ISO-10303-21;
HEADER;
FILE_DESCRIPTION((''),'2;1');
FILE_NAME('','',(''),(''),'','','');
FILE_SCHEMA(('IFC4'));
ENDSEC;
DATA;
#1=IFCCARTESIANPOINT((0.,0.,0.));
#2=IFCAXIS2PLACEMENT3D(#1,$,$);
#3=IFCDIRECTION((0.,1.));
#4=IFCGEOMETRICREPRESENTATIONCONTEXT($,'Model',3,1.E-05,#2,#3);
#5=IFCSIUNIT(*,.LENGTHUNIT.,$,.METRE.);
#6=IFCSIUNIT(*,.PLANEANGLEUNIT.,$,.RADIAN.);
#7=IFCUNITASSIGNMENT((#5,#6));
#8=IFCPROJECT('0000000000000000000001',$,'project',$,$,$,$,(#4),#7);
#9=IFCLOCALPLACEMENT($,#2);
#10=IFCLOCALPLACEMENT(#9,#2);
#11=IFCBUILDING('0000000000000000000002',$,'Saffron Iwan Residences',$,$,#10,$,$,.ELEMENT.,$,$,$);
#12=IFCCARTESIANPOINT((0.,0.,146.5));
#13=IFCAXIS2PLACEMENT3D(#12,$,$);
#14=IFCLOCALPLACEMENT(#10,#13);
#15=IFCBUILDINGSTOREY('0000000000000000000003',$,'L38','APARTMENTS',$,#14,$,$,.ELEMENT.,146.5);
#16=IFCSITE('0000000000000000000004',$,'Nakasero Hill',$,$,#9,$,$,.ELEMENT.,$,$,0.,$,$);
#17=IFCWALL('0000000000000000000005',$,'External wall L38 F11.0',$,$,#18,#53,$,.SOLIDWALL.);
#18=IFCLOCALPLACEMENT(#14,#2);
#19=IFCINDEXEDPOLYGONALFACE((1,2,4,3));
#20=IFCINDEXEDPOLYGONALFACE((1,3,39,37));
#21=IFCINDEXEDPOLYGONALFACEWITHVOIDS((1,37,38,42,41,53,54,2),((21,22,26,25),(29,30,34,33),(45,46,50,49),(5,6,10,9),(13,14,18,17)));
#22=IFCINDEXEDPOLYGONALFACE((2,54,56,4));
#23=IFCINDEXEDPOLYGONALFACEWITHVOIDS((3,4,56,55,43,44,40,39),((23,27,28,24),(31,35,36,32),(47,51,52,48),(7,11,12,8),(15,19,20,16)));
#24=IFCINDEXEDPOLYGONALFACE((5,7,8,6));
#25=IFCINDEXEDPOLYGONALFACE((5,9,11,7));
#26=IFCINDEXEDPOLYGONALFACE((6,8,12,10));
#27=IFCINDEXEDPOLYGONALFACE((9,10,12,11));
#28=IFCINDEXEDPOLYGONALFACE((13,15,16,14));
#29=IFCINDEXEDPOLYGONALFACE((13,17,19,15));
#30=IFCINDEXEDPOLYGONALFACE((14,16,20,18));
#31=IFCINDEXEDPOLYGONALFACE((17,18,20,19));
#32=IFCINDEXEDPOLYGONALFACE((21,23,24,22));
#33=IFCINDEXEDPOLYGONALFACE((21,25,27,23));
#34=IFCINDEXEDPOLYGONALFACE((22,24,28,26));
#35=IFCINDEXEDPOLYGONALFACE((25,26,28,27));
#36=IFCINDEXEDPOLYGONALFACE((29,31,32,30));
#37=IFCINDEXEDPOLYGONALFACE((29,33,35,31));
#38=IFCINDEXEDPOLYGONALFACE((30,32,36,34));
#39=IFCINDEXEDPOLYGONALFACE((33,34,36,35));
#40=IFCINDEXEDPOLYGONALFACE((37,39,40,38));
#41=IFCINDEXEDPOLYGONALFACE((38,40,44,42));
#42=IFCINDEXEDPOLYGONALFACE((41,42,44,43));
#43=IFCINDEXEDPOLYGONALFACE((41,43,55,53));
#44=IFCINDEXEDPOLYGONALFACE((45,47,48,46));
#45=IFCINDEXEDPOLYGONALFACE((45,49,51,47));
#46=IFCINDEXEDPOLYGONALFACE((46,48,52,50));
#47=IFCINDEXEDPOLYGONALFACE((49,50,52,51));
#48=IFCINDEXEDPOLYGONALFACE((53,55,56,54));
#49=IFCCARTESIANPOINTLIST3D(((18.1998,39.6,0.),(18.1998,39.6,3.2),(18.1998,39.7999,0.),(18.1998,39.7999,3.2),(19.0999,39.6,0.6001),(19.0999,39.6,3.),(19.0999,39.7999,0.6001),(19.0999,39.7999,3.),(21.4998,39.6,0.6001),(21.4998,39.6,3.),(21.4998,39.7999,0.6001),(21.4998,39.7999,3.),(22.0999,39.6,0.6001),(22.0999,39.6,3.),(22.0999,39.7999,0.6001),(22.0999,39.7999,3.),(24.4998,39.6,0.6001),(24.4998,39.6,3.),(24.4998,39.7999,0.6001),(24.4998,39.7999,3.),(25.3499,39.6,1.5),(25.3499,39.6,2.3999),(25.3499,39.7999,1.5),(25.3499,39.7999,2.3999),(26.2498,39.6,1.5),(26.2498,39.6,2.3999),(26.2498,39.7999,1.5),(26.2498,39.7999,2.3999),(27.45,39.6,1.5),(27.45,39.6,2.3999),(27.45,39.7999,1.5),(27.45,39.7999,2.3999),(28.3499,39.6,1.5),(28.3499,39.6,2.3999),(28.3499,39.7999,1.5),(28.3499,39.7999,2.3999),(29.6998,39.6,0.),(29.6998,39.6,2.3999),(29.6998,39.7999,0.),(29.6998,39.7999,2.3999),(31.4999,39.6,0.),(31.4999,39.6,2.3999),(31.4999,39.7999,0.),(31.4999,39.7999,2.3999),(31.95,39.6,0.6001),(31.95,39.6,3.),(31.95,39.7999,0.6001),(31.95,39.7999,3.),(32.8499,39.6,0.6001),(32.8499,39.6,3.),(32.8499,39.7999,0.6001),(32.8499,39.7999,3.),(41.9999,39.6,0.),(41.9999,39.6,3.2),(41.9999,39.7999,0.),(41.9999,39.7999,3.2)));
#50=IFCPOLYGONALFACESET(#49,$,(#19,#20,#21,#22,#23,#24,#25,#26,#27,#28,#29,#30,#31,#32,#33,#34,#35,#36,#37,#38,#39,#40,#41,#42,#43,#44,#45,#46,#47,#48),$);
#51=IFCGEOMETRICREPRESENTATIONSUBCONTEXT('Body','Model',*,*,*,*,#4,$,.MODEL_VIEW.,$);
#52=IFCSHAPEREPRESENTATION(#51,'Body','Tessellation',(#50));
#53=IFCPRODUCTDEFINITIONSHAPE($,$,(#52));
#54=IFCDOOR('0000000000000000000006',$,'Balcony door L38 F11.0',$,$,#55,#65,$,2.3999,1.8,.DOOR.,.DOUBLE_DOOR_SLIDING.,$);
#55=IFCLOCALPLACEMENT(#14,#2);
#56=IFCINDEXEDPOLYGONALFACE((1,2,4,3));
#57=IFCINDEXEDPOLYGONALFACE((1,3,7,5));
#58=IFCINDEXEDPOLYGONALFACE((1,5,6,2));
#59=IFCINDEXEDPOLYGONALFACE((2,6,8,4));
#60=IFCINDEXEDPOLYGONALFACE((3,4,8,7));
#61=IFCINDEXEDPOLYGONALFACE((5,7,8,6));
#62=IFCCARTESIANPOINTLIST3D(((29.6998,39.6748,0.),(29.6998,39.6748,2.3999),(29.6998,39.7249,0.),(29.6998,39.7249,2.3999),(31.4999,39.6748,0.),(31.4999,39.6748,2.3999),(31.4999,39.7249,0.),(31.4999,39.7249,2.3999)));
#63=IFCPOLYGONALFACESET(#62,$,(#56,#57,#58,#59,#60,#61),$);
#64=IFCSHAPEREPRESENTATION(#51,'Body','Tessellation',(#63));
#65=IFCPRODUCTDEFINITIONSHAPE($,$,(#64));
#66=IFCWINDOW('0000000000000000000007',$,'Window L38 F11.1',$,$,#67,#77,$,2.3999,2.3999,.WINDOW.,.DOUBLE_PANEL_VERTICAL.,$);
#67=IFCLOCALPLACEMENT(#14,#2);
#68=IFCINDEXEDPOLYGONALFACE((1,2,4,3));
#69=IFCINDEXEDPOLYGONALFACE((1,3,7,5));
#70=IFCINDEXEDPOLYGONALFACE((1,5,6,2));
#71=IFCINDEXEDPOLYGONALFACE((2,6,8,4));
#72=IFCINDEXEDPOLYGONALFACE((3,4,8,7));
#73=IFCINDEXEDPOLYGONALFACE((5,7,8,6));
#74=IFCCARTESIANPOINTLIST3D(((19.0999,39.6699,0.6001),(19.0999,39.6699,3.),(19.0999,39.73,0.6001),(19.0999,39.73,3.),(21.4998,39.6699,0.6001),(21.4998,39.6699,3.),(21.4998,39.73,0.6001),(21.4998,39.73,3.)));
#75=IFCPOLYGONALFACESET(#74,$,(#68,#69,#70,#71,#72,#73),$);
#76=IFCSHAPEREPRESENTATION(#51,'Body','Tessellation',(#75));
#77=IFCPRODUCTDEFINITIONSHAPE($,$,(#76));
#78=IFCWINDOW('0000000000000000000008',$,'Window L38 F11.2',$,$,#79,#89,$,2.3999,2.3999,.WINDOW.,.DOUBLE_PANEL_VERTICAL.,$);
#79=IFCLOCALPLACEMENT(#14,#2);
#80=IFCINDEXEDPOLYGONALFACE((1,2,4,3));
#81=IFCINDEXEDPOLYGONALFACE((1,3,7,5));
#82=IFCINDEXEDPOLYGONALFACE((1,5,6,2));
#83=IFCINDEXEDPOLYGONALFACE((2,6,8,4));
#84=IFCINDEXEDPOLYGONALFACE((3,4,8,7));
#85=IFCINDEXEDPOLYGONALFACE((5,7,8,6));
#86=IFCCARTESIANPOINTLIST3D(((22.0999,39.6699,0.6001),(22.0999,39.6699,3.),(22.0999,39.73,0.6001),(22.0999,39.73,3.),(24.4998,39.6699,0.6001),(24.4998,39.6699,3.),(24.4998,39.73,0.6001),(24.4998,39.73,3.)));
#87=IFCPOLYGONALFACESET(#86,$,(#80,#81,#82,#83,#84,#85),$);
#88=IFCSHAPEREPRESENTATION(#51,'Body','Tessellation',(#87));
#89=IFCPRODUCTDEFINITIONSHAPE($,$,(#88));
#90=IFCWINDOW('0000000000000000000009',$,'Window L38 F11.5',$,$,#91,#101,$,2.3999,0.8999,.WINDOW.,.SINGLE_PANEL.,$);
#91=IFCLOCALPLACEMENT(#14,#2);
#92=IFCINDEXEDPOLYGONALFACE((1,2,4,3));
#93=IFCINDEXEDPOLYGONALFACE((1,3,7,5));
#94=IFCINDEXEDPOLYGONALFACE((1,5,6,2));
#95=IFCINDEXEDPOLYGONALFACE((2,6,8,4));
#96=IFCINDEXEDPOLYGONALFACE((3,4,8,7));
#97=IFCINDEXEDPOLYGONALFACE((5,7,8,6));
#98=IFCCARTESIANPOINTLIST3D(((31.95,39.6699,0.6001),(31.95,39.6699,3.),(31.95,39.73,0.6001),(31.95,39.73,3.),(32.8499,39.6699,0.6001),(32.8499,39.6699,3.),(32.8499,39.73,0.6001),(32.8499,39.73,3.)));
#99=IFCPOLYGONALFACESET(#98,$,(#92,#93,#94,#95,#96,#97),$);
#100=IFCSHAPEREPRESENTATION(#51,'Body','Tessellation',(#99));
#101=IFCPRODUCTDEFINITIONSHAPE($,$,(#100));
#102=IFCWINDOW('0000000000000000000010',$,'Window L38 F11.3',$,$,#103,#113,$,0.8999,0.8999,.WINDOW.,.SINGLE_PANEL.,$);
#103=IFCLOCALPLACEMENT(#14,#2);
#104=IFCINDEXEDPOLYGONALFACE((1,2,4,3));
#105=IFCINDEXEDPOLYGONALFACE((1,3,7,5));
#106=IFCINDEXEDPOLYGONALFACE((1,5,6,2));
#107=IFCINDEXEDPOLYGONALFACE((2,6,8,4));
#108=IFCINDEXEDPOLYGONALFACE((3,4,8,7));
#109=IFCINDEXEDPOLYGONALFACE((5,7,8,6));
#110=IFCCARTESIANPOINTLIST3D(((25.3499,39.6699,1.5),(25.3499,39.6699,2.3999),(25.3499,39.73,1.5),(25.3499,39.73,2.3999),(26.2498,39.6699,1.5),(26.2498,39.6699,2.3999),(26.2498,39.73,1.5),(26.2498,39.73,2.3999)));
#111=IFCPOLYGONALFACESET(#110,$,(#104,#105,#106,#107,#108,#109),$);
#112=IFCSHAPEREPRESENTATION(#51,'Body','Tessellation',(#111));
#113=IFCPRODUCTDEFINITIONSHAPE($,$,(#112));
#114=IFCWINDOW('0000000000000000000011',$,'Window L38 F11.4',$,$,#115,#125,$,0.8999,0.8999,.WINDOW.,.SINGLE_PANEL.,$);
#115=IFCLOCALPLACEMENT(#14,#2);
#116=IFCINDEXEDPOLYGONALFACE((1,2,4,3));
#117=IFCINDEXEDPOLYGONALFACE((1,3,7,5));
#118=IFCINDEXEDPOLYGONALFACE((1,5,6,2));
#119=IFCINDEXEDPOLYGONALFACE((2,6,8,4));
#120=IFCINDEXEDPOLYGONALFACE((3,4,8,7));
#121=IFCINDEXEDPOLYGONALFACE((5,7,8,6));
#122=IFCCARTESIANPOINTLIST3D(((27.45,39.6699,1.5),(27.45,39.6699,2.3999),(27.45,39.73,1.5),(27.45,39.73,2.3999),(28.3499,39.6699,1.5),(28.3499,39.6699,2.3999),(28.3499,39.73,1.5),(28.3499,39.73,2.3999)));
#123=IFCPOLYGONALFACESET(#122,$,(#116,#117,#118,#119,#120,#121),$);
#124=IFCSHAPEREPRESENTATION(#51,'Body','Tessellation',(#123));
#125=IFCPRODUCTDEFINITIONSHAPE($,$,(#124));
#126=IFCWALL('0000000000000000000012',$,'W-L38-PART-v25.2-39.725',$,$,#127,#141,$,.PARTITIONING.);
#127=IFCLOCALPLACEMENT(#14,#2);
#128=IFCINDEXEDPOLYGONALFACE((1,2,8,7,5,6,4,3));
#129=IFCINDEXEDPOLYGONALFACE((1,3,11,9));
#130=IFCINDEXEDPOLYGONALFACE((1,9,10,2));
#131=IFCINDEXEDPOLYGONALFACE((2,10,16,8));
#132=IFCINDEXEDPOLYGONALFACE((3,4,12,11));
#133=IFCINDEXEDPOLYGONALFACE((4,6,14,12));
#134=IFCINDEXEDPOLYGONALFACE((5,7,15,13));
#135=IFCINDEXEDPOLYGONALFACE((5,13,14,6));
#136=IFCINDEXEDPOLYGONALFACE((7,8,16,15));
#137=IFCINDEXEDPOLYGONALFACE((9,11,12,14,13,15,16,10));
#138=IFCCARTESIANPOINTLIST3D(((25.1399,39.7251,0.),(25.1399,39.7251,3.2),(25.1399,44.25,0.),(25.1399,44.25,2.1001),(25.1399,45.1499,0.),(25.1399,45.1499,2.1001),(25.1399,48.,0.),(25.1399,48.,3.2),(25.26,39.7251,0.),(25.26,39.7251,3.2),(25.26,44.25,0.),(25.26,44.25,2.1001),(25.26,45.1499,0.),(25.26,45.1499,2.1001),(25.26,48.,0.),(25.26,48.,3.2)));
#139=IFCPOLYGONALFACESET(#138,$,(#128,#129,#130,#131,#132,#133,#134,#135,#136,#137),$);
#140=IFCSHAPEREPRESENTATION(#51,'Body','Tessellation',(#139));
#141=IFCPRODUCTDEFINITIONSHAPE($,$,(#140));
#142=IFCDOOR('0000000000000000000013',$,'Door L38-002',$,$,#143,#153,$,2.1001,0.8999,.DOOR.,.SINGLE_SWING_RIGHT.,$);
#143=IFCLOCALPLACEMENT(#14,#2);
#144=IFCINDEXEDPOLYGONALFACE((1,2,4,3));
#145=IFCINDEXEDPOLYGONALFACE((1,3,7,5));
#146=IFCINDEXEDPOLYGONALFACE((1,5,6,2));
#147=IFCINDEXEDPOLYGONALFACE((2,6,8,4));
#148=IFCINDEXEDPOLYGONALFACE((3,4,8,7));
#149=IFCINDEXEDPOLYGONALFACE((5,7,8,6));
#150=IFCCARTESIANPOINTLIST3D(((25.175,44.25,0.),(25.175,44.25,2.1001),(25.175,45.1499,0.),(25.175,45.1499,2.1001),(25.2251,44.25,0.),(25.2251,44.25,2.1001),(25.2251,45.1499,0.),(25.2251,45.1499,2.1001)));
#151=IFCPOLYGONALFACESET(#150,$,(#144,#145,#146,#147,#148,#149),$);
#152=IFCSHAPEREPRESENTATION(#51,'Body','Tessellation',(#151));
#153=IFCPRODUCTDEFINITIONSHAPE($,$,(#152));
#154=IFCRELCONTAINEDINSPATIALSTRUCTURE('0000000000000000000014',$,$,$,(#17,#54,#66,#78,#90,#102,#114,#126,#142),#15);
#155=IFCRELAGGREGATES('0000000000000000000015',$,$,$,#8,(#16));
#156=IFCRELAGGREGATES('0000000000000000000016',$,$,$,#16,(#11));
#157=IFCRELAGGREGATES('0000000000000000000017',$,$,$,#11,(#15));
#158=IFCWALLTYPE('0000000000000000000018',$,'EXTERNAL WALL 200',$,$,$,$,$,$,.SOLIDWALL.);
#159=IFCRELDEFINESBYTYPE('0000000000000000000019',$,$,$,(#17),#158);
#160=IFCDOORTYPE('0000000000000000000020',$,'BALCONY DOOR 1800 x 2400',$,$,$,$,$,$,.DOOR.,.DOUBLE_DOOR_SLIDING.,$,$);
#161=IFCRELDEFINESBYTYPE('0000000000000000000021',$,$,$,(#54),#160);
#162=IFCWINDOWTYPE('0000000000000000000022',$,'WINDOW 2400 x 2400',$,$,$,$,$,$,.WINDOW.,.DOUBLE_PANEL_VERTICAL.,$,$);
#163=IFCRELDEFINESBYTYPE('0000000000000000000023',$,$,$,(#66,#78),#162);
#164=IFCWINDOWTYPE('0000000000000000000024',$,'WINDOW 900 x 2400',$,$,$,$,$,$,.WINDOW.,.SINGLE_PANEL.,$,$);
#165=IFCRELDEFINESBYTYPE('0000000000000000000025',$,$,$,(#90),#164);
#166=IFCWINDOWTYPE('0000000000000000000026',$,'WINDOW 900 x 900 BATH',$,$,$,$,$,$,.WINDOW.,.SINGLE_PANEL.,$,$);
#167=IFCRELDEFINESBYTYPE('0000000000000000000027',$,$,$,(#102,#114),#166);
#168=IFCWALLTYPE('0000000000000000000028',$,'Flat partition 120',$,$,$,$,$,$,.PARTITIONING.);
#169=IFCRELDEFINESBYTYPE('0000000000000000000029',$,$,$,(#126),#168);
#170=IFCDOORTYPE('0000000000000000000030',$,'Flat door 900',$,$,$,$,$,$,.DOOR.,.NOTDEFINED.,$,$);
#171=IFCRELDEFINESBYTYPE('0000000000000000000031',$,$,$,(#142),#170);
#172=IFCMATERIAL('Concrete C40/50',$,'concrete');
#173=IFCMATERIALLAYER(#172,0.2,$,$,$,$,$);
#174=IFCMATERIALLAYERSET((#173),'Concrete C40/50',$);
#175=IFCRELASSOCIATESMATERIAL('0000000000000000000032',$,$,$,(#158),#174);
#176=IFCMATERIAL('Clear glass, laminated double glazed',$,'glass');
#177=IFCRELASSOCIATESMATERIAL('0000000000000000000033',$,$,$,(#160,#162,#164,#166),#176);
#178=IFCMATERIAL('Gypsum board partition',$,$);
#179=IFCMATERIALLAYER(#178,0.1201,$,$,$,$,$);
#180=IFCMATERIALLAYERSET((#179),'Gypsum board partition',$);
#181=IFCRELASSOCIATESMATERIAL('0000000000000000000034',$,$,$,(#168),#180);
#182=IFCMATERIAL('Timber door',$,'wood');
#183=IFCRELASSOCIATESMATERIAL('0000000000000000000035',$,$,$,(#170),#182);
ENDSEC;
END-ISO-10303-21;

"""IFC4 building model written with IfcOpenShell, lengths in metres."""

from ifc_helpers import new_model, si_unit, direction, frame, frame_2d, origin, place, context, subcontext, project, spatial, rectangle, extrude, material, layer, layer_set, type_object, element, fill, save


model = new_model("IFC4")

# Units and contexts
model_context = context("Model", 3, precision=1e-05, world=origin(), true_north=direction((0.0, 1.0)))
body_context = subcontext(model_context, "Body", "Model", "MODEL_VIEW")
ifc_project = project(units=[si_unit("LENGTHUNIT", "METRE"), si_unit("PLANEANGLEUNIT", "RADIAN")], contexts=[model_context])

# Site, building, storey
site_placement = place(None, origin())
site = spatial("IfcSite", under=ifc_project, at=site_placement, Name="Nakasero Hill", CompositionType="ELEMENT", RefElevation=0.0)
building_placement = place(site_placement, origin())
building = spatial("IfcBuilding", under=site, at=building_placement, Name="Saffron Iwan Residences", CompositionType="ELEMENT")
storey_placement = place(building_placement, frame((0.0, 0.0, 146.5)))
storey = spatial("IfcBuildingStorey", under=building, at=storey_placement, Name="L38", Description="APARTMENTS", CompositionType="ELEMENT", Elevation=146.5)

# Wall, openings, door, windows
ifc_material_1 = material(Name="Concrete C40/50", Category="concrete")
ifc_layer_1 = layer(ifc_material_1, 0.2)
ifc_layer_set_1 = layer_set([ifc_layer_1], Name="Concrete C40/50")
wall_type_1 = type_object("IfcWallType", Name="EXTERNAL WALL 200", PredefinedType="SOLIDWALL", material=ifc_layer_set_1)
wall_1_placement = place(storey_placement, frame((18.2, 39.7, 0.0), z_axis=(0.0, 0.0, 1.0), x_axis=(1.0, 0.0, 0.0)))
wall_1 = element("IfcWall", 1, at=wall_1_placement, inside=storey, type_object=wall_type_1, Name="External wall L38 F11.0", PredefinedType="SOLIDWALL", context=body_context, shape_type="SweptSolid", body=[
    extrude(rectangle(XDim=23.8, YDim=0.2, at=frame_2d((11.8999, 0.0))), origin(), (0.0, 0.0, 1.0), 3.2),
])
opening_1_placement = place(wall_1_placement, frame((11.5, 0.0, 0.0)))
opening_1 = element("IfcOpeningElement", 2, at=opening_1_placement, cuts=wall_1, PredefinedType="OPENING", context=body_context, shape_type="SweptSolid", body=[
    extrude(rectangle(XDim=1.8, YDim=2.3999, at=frame_2d((0.8999, 1.2))), frame((0.0, 0.1099, 0.0), z_axis=(0.0, -1.0, 0.0), x_axis=(1.0, 0.0, 0.0)), (0.0, 0.0, 1.0), 0.22),
])
opening_2_placement = place(wall_1_placement, frame((0.8999, 0.0, 0.6001)))
opening_2 = element("IfcOpeningElement", 3, at=opening_2_placement, cuts=wall_1, PredefinedType="OPENING", context=body_context, shape_type="SweptSolid", body=[
    extrude(rectangle(XDim=2.3999, YDim=2.3999, at=frame_2d((1.2, 1.2))), frame((0.0, 0.1099, 0.0), z_axis=(0.0, -1.0, 0.0), x_axis=(1.0, 0.0, 0.0)), (0.0, 0.0, 1.0), 0.22),
])
opening_3_placement = place(wall_1_placement, frame((3.8999, 0.0, 0.6001)))
opening_3 = element("IfcOpeningElement", 4, at=opening_3_placement, cuts=wall_1, PredefinedType="OPENING", context=body_context, shape_type="SweptSolid", body=[
    extrude(rectangle(XDim=2.3999, YDim=2.3999, at=frame_2d((1.2, 1.2))), frame((0.0, 0.1099, 0.0), z_axis=(0.0, -1.0, 0.0), x_axis=(1.0, 0.0, 0.0)), (0.0, 0.0, 1.0), 0.22),
])
opening_4_placement = place(wall_1_placement, frame((7.1499, 0.0, 1.5)))
opening_4 = element("IfcOpeningElement", 5, at=opening_4_placement, cuts=wall_1, PredefinedType="OPENING", context=body_context, shape_type="SweptSolid", body=[
    extrude(rectangle(XDim=0.8999, YDim=0.8999, at=frame_2d((0.45, 0.45))), frame((0.0, 0.1099, 0.0), z_axis=(0.0, -1.0, 0.0), x_axis=(1.0, 0.0, 0.0)), (0.0, 0.0, 1.0), 0.22),
])
opening_5_placement = place(wall_1_placement, frame((9.25, 0.0, 1.5)))
opening_5 = element("IfcOpeningElement", 6, at=opening_5_placement, cuts=wall_1, PredefinedType="OPENING", context=body_context, shape_type="SweptSolid", body=[
    extrude(rectangle(XDim=0.8999, YDim=0.8999, at=frame_2d((0.45, 0.45))), frame((0.0, 0.1099, 0.0), z_axis=(0.0, -1.0, 0.0), x_axis=(1.0, 0.0, 0.0)), (0.0, 0.0, 1.0), 0.22),
])
opening_6_placement = place(wall_1_placement, frame((13.75, 0.0, 0.6001)))
opening_6 = element("IfcOpeningElement", 7, at=opening_6_placement, cuts=wall_1, PredefinedType="OPENING", context=body_context, shape_type="SweptSolid", body=[
    extrude(rectangle(XDim=0.8999, YDim=2.3999, at=frame_2d((0.45, 1.2))), frame((0.0, 0.1099, 0.0), z_axis=(0.0, -1.0, 0.0), x_axis=(1.0, 0.0, 0.0)), (0.0, 0.0, 1.0), 0.22),
])
ifc_material_2 = material(Name="Clear glass, laminated double glazed", Category="glass")
door_type_1 = type_object("IfcDoorType", Name="BALCONY DOOR 1800 x 2400", OperationType="DOUBLE_DOOR_SLIDING", PredefinedType="DOOR", material=ifc_material_2)
door_1_placement = place(opening_1_placement, origin())
door_1 = element("IfcDoor", 8, at=door_1_placement, inside=storey, type_object=door_type_1, Name="Balcony door L38 F11.0", OperationType="DOUBLE_DOOR_SLIDING", OverallHeight=2.3999, OverallWidth=1.8, PredefinedType="DOOR", context=body_context, shape_type="SweptSolid", body=[
    extrude(rectangle(XDim=1.8, YDim=2.3999, at=frame_2d((0.8999, 1.2))), frame((0.0, 0.0249, 0.0), z_axis=(0.0, -1.0, 0.0), x_axis=(1.0, 0.0, 0.0)), (0.0, 0.0, 1.0), 0.05),
])
fill(opening_1, door_1)
window_type_1 = type_object("IfcWindowType", Name="WINDOW 2400 x 2400", PartitioningType="DOUBLE_PANEL_VERTICAL", PredefinedType="WINDOW", material=ifc_material_2)
window_1_placement = place(opening_2_placement, origin())
window_1 = element("IfcWindow", 9, at=window_1_placement, inside=storey, type_object=window_type_1, Name="Window L38 F11.1", OverallHeight=2.3999, OverallWidth=2.3999, PartitioningType="DOUBLE_PANEL_VERTICAL", PredefinedType="WINDOW", context=body_context, shape_type="SweptSolid", body=[
    extrude(rectangle(XDim=2.3999, YDim=2.3999, at=frame_2d((1.2, 1.2))), frame((0.0, 0.03, 0.0), z_axis=(0.0, -1.0, 0.0), x_axis=(1.0, 0.0, 0.0)), (0.0, 0.0, 1.0), 0.0601),
])
fill(opening_2, window_1)
window_2_placement = place(opening_3_placement, origin())
window_2 = element("IfcWindow", 10, at=window_2_placement, inside=storey, type_object=window_type_1, Name="Window L38 F11.2", OverallHeight=2.3999, OverallWidth=2.3999, PartitioningType="DOUBLE_PANEL_VERTICAL", PredefinedType="WINDOW", context=body_context, shape_type="SweptSolid", body=[
    extrude(rectangle(XDim=2.3999, YDim=2.3999, at=frame_2d((1.2, 1.2))), frame((0.0, 0.03, 0.0), z_axis=(0.0, -1.0, 0.0), x_axis=(1.0, 0.0, 0.0)), (0.0, 0.0, 1.0), 0.0601),
])
fill(opening_3, window_2)
window_type_2 = type_object("IfcWindowType", Name="WINDOW 900 x 2400", PartitioningType="SINGLE_PANEL", PredefinedType="WINDOW", material=ifc_material_2)
window_3_placement = place(opening_6_placement, origin())
window_3 = element("IfcWindow", 11, at=window_3_placement, inside=storey, type_object=window_type_2, Name="Window L38 F11.5", OverallHeight=2.3999, OverallWidth=0.8999, PartitioningType="SINGLE_PANEL", PredefinedType="WINDOW", context=body_context, shape_type="SweptSolid", body=[
    extrude(rectangle(XDim=0.8999, YDim=2.3999, at=frame_2d((0.45, 1.2))), frame((0.0, 0.03, 0.0), z_axis=(0.0, -1.0, 0.0), x_axis=(1.0, 0.0, 0.0)), (0.0, 0.0, 1.0), 0.0601),
])
fill(opening_6, window_3)
window_type_3 = type_object("IfcWindowType", Name="WINDOW 900 x 900 BATH", PartitioningType="SINGLE_PANEL", PredefinedType="WINDOW", material=ifc_material_2)
window_4_placement = place(opening_4_placement, origin())
window_4 = element("IfcWindow", 12, at=window_4_placement, inside=storey, type_object=window_type_3, Name="Window L38 F11.3", OverallHeight=0.8999, OverallWidth=0.8999, PartitioningType="SINGLE_PANEL", PredefinedType="WINDOW", context=body_context, shape_type="SweptSolid", body=[
    extrude(rectangle(XDim=0.8999, YDim=0.8999, at=frame_2d((0.45, 0.45))), frame((0.0, 0.03, 0.0), z_axis=(0.0, -1.0, 0.0), x_axis=(1.0, 0.0, 0.0)), (0.0, 0.0, 1.0), 0.0601),
])
fill(opening_4, window_4)
window_5_placement = place(opening_5_placement, origin())
window_5 = element("IfcWindow", 13, at=window_5_placement, inside=storey, type_object=window_type_3, Name="Window L38 F11.4", OverallHeight=0.8999, OverallWidth=0.8999, PartitioningType="SINGLE_PANEL", PredefinedType="WINDOW", context=body_context, shape_type="SweptSolid", body=[
    extrude(rectangle(XDim=0.8999, YDim=0.8999, at=frame_2d((0.45, 0.45))), frame((0.0, 0.03, 0.0), z_axis=(0.0, -1.0, 0.0), x_axis=(1.0, 0.0, 0.0)), (0.0, 0.0, 1.0), 0.0601),
])
fill(opening_5, window_5)

# Wall, opening, door
ifc_material_3 = material(Name="Gypsum board partition")
ifc_layer_2 = layer(ifc_material_3, 0.1201)
ifc_layer_set_2 = layer_set([ifc_layer_2], Name="Gypsum board partition")
wall_type_2 = type_object("IfcWallType", Name="Flat partition 120", PredefinedType="PARTITIONING", material=ifc_layer_set_2)
wall_2_placement = place(storey_placement, frame((25.2, 39.7251, 0.0), z_axis=(0.0, 0.0, 1.0), x_axis=(0.0, 1.0, 0.0)))
wall_2 = element("IfcWall", 14, at=wall_2_placement, inside=storey, type_object=wall_type_2, Name="W-L38-PART-v25.2-39.725", PredefinedType="PARTITIONING", context=body_context, shape_type="SweptSolid", body=[
    extrude(rectangle(XDim=8.2749, YDim=0.1201, at=frame_2d((4.1375, 0.0))), origin(), (0.0, 0.0, 1.0), 3.2),
])
opening_7_placement = place(wall_2_placement, frame((4.5249, 0.0, 0.0)))
opening_7 = element("IfcOpeningElement", 15, at=opening_7_placement, cuts=wall_2, PredefinedType="OPENING", context=body_context, shape_type="SweptSolid", body=[
    extrude(rectangle(XDim=0.8999, YDim=2.1001, at=frame_2d((0.45, 1.05))), frame((0.0, 0.0701, 0.0), z_axis=(0.0, -1.0, 0.0), x_axis=(1.0, 0.0, 0.0)), (0.0, 0.0, 1.0), 0.1401),
])
ifc_material_4 = material(Name="Timber door", Category="wood")
door_type_2 = type_object("IfcDoorType", Name="Flat door 900", OperationType="NOTDEFINED", PredefinedType="DOOR", material=ifc_material_4)
door_2_placement = place(opening_7_placement, origin())
door_2 = element("IfcDoor", 16, at=door_2_placement, inside=storey, type_object=door_type_2, Name="Door L38-002", OperationType="SINGLE_SWING_RIGHT", OverallHeight=2.1001, OverallWidth=0.8999, PredefinedType="DOOR", context=body_context, shape_type="SweptSolid", body=[
    extrude(rectangle(XDim=0.8999, YDim=2.1001, at=frame_2d((0.45, 1.05))), frame((0.0, 0.0249, 0.0), z_axis=(0.0, -1.0, 0.0), x_axis=(1.0, 0.0, 0.0)), (0.0, 0.0, 1.0), 0.05),
])
fill(opening_7, door_2)

save(model, "model.ifc")
